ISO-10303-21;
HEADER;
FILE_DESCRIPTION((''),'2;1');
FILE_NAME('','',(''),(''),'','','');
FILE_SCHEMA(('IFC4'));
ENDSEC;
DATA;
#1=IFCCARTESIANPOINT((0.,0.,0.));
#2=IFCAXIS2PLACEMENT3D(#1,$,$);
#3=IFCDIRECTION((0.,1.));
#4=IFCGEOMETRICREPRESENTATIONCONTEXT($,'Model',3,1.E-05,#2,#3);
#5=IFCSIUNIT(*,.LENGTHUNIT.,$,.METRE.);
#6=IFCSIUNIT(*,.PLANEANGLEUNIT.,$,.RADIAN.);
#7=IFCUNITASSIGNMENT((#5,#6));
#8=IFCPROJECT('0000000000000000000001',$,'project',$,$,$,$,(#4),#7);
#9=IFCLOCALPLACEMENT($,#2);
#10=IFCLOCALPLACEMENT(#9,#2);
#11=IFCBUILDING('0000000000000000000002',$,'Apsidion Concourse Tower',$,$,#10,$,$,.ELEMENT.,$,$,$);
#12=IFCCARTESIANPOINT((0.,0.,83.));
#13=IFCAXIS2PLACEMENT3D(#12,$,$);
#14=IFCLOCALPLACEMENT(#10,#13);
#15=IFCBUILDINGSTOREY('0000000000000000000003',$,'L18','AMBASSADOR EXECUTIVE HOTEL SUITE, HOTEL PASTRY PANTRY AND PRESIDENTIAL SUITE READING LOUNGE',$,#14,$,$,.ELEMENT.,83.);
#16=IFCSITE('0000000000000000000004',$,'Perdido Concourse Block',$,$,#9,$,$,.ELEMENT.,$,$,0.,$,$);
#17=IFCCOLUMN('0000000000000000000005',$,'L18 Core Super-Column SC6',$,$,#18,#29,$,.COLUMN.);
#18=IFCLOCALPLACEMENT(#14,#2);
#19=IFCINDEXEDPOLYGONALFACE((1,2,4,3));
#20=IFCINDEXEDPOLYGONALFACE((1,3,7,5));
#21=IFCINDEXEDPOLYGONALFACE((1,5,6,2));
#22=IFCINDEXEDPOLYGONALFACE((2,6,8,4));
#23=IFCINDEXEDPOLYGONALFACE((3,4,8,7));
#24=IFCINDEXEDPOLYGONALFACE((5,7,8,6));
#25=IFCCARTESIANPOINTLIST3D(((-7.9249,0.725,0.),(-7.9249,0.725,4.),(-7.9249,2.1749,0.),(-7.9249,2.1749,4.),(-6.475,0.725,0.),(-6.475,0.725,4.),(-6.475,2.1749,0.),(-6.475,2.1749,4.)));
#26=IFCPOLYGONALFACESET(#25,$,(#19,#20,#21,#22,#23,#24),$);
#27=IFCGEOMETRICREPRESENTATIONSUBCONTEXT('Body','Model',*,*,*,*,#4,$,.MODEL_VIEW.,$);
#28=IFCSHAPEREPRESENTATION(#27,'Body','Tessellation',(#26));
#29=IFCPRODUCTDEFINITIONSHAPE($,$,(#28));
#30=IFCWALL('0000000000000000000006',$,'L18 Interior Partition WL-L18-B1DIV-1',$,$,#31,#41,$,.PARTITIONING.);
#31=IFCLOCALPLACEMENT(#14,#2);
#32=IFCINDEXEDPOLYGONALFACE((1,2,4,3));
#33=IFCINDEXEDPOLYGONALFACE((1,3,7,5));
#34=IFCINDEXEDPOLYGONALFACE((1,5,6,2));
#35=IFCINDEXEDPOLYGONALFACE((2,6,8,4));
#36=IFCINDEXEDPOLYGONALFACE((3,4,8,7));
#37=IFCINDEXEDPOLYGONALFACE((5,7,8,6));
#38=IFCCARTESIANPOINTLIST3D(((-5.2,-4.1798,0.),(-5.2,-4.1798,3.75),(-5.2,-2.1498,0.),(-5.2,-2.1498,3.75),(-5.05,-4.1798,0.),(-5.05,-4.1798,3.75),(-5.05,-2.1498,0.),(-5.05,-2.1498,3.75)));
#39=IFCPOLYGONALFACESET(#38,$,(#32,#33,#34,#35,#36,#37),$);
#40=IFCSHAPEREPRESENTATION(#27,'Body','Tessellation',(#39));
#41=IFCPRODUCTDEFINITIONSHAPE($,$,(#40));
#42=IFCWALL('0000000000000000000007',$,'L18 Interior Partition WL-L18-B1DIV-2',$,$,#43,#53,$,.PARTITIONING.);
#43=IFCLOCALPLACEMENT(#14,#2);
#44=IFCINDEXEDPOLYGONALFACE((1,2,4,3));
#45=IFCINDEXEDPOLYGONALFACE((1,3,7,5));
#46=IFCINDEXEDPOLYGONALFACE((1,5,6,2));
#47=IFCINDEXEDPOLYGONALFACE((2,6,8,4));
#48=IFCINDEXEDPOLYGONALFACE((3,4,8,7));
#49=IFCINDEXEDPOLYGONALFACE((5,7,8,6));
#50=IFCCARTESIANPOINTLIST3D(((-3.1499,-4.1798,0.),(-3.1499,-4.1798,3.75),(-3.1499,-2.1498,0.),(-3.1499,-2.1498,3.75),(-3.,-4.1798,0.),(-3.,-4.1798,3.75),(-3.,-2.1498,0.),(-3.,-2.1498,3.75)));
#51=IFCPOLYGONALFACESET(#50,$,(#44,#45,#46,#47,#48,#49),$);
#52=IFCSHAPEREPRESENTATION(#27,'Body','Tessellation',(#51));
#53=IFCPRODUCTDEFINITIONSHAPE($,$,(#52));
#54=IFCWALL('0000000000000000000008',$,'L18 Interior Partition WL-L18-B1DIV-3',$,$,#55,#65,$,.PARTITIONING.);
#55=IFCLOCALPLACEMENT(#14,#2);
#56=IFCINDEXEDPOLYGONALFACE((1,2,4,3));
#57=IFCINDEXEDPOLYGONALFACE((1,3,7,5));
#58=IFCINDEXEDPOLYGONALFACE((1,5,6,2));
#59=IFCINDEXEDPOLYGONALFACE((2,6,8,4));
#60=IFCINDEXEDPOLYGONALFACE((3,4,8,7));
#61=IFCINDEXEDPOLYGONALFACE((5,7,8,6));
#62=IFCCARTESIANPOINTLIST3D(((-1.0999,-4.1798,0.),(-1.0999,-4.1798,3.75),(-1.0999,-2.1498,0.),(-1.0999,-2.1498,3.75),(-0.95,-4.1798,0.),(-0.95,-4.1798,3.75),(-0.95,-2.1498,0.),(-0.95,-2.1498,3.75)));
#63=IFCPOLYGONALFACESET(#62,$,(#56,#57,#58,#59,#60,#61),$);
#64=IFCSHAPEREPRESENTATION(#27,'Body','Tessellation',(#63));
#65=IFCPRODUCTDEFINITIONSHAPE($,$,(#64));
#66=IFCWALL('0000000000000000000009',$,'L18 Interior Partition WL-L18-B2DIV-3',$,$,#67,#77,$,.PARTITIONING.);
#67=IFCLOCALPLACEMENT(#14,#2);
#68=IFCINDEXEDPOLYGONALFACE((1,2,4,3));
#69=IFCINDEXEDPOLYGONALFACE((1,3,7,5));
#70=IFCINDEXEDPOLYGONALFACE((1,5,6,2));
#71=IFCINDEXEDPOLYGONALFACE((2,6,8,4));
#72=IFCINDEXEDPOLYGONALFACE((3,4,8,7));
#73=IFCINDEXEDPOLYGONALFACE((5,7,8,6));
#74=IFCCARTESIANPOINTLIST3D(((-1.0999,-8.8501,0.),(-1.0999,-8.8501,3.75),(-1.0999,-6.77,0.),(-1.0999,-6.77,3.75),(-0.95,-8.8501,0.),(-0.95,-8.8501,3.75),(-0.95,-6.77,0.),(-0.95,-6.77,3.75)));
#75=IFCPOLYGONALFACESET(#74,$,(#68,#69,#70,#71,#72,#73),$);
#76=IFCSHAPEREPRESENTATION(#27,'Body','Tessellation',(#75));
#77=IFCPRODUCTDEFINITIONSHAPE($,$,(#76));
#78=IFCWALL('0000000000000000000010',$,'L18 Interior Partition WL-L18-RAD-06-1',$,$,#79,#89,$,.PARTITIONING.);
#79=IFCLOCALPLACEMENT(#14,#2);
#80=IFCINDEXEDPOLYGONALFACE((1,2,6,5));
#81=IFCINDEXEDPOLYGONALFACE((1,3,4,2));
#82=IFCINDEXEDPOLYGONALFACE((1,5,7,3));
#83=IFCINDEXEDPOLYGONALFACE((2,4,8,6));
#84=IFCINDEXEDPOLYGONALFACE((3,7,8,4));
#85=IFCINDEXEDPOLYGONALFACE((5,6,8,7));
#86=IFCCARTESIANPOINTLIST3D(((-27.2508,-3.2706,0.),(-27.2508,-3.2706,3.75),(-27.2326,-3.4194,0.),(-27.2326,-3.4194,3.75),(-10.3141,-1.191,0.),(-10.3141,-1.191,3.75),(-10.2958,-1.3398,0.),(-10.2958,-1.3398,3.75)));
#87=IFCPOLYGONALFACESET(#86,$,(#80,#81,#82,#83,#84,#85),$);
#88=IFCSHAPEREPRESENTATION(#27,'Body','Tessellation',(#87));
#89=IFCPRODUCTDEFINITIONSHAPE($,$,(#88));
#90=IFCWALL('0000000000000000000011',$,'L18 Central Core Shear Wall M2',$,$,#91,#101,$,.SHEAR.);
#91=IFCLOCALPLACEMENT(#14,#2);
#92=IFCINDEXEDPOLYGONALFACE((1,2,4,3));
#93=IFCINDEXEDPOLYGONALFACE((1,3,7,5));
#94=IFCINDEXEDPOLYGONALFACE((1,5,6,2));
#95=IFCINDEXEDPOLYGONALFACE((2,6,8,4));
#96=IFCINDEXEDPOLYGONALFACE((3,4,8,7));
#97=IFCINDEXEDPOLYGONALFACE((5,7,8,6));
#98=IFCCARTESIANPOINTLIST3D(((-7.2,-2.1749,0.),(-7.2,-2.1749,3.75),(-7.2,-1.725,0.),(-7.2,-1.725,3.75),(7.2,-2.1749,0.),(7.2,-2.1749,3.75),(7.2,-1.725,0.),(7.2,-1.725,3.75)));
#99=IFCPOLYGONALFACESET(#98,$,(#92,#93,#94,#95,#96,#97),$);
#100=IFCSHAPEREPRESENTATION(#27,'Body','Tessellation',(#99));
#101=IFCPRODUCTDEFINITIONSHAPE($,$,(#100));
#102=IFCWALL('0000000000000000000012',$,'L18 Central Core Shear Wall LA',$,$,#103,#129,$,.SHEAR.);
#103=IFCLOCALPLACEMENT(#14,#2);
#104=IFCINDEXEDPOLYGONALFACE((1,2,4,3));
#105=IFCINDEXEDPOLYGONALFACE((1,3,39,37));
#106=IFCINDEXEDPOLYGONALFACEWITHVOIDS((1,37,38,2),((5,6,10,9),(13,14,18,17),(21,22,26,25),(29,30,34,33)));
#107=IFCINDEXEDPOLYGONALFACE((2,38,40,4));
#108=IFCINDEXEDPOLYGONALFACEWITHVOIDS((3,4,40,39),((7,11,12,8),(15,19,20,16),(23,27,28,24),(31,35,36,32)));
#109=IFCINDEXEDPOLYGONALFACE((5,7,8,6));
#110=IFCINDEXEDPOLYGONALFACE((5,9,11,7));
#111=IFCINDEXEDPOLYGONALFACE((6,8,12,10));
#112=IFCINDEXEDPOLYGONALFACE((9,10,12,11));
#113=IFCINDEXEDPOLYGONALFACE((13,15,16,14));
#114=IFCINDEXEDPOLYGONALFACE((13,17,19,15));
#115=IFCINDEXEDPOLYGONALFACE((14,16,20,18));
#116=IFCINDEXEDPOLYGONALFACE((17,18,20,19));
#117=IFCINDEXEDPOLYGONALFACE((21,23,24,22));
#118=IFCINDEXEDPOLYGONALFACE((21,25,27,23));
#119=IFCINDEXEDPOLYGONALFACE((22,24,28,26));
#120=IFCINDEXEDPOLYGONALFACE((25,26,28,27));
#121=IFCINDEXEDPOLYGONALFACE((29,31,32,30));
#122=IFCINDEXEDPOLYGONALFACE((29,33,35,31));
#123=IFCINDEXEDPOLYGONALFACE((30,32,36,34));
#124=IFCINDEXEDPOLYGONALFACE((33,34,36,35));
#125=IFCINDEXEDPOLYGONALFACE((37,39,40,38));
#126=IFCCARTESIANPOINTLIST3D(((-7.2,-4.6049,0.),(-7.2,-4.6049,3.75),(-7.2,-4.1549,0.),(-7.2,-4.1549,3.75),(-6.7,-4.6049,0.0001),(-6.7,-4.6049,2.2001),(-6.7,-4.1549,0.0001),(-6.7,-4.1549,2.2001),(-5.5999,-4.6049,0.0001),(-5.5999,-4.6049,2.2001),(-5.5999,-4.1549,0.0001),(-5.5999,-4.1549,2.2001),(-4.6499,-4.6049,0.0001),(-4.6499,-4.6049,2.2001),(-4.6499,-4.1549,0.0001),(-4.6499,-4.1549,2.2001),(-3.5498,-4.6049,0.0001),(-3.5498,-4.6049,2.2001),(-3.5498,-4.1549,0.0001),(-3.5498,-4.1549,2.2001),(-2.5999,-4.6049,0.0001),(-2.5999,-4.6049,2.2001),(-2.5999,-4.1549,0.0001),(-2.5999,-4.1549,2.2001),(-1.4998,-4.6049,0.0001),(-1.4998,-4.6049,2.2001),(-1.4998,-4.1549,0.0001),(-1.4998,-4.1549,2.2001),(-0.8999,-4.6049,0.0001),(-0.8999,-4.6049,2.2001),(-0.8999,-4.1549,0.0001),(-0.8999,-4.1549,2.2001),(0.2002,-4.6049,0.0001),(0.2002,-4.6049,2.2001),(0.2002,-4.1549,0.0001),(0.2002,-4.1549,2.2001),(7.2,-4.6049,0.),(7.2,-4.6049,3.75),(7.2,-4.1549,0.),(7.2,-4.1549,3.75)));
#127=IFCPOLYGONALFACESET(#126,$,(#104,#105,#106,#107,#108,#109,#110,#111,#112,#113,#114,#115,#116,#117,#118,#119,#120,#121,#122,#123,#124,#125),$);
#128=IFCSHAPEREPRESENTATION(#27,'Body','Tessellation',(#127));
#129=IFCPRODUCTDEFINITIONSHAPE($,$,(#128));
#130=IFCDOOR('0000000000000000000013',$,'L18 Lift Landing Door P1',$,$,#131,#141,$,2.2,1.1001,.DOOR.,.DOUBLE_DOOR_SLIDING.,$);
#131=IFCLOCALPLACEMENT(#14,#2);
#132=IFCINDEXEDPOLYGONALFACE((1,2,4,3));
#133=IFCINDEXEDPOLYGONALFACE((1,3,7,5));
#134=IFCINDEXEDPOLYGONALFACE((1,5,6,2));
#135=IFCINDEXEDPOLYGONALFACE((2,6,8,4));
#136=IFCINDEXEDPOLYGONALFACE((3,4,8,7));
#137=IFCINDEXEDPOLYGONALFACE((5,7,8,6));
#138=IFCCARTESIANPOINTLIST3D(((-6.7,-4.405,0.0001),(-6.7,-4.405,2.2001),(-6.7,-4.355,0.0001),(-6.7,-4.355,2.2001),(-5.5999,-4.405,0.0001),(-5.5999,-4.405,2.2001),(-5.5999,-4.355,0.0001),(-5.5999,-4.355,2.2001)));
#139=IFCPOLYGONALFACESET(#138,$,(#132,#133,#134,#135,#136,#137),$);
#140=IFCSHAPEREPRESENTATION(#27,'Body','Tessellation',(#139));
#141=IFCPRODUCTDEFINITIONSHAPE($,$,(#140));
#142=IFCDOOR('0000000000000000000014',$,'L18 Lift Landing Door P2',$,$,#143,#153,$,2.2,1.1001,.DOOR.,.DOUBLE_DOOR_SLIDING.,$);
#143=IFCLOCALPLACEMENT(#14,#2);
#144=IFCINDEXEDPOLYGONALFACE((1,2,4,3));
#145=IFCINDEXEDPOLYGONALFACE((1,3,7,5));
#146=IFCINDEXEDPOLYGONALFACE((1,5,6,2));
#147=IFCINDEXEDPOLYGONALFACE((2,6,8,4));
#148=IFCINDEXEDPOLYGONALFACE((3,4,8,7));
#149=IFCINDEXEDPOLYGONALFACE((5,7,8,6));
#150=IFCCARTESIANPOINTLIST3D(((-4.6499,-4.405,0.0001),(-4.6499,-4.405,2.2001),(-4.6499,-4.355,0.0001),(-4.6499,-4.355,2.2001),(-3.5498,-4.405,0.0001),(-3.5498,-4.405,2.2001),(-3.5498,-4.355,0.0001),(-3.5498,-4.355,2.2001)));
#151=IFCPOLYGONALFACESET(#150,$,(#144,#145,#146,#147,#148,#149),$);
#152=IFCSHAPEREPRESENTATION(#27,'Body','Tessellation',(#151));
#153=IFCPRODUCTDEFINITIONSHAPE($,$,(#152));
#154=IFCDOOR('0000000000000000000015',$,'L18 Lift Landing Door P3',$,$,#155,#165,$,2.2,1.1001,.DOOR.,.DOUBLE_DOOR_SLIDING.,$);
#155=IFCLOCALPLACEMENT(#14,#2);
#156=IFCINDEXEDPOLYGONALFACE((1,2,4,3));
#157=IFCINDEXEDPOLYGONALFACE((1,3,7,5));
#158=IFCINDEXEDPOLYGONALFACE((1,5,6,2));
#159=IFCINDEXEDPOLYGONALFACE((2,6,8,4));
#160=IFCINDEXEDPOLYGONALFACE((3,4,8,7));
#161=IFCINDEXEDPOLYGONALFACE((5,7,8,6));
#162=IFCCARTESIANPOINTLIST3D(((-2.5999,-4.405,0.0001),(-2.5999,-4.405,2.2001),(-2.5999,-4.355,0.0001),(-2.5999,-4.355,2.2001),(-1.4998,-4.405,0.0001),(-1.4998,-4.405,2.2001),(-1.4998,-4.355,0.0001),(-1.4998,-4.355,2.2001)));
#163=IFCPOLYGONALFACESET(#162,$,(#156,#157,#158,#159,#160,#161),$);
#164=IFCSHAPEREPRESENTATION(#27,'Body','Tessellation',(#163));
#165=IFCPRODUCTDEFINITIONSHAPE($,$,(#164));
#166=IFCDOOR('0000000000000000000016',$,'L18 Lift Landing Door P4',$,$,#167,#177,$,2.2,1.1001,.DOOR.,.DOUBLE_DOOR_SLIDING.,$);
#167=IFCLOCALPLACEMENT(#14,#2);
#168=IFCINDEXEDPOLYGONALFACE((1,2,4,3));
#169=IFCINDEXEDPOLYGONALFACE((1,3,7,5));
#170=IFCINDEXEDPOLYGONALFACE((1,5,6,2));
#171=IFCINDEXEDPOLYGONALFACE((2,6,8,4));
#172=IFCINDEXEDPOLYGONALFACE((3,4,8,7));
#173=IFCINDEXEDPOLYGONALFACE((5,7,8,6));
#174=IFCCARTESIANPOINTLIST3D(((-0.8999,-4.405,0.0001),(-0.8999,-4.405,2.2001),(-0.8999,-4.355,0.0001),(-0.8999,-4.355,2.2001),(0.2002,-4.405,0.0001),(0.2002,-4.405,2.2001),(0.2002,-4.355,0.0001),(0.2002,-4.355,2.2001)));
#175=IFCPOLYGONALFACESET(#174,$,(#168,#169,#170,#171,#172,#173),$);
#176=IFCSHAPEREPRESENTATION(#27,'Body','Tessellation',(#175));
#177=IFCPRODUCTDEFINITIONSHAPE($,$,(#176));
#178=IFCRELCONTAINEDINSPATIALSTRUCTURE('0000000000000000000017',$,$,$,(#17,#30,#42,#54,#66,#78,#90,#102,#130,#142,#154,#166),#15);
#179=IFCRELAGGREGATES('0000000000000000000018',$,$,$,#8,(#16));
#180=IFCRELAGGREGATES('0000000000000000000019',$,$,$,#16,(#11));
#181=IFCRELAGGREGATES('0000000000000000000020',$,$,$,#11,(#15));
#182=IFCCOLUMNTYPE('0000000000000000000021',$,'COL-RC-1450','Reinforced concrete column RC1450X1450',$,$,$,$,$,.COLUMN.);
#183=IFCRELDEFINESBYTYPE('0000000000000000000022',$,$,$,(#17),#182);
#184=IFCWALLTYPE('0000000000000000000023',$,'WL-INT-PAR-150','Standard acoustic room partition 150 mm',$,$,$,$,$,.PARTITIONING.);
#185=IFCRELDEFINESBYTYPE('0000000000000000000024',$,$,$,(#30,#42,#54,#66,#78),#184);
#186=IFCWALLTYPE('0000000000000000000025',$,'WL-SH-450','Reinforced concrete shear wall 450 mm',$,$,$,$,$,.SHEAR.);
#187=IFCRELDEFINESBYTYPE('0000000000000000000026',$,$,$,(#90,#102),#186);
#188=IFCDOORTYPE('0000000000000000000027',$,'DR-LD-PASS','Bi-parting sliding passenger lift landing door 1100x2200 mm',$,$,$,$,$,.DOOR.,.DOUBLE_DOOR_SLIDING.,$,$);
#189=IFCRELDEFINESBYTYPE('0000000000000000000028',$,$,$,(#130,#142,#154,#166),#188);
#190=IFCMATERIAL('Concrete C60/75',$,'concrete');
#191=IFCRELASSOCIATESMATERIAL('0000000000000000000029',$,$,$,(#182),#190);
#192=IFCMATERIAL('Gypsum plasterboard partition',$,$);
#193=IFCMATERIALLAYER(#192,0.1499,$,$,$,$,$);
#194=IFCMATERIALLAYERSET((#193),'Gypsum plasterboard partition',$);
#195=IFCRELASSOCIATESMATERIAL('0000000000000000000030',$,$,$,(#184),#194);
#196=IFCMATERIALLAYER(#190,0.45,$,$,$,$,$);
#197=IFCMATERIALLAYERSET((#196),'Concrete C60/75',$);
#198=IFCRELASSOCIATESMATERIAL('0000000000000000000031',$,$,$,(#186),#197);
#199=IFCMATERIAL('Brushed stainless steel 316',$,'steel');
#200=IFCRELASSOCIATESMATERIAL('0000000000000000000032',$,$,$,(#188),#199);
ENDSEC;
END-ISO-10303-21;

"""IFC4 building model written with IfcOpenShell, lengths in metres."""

from ifc_helpers import new_model, si_unit, direction, frame, frame_2d, origin, origin_2d, place, context, subcontext, project, spatial, rectangle, extrude, material, layer, layer_set, material_profile, profile_set, type_object, element, fill, save


model = new_model("IFC4")

# Units and contexts
model_context = context("Model", 3, precision=1e-05, world=origin(), true_north=direction((0.0, 1.0)))
body_context = subcontext(model_context, "Body", "Model", "MODEL_VIEW")
ifc_project = project(units=[si_unit("LENGTHUNIT", "METRE"), si_unit("PLANEANGLEUNIT", "RADIAN")], contexts=[model_context])

# Site, building, storey
site_placement = place(None, origin())
site = spatial("IfcSite", under=ifc_project, at=site_placement, Name="Perdido Concourse Block", CompositionType="ELEMENT", RefElevation=0.0)
building_placement = place(site_placement, origin())
building = spatial("IfcBuilding", under=site, at=building_placement, Name="Apsidion Concourse Tower", CompositionType="ELEMENT")
storey_placement = place(building_placement, frame((0.0, 0.0, 83.0)))
storey = spatial("IfcBuildingStorey", under=building, at=storey_placement, Name="L18", Description="AMBASSADOR EXECUTIVE HOTEL SUITE, HOTEL PASTRY PANTRY AND PRESIDENTIAL SUITE READING LOUNGE", CompositionType="ELEMENT", Elevation=83.0)

# Column
ifc_material_1 = material(Name="Concrete C60/75", Category="concrete")
ifc_material_profile = material_profile(ifc_material_1, rectangle(XDim=1.45, YDim=1.45, at=origin_2d()), Name="RC 1450x1450")
ifc_profile_set = profile_set([ifc_material_profile], Name="Concrete C60/75")
column_type = type_object("IfcColumnType", Name="COL-RC-1450", Description="Reinforced concrete column RC1450X1450", PredefinedType="COLUMN", material=ifc_profile_set)
column_placement = place(storey_placement, frame((-7.2, 1.45, 0.0), z_axis=(0.0, 0.0, 1.0), x_axis=(1.0, 0.0, 0.0)))
element("IfcColumn", 1, at=column_placement, inside=storey, type_object=column_type, Name="L18 Core Super-Column SC6", PredefinedType="COLUMN", context=body_context, shape_type="SweptSolid", body=[
    extrude(rectangle(XDim=1.45, YDim=1.45, at=origin_2d()), origin(), (0.0, 0.0, 1.0), 4.0),
])

# Walls
ifc_material_2 = material(Name="Gypsum plasterboard partition")
ifc_layer_1 = layer(ifc_material_2, 0.1499)
ifc_layer_set_1 = layer_set([ifc_layer_1], Name="Gypsum plasterboard partition")
wall_type_1 = type_object("IfcWallType", Name="WL-INT-PAR-150", Description="Standard acoustic room partition 150 mm", PredefinedType="PARTITIONING", material=ifc_layer_set_1)
for number, where, z_axis, x_axis, name in (
    (2, (-5.125, -4.1799, 0.0), (0.0, 0.0, 1.0), (0.0, 1.0, 0.0), "L18 Interior Partition WL-L18-B1DIV-1"),
    (3, (-3.075, -4.1799, 0.0), (0.0, 0.0, 1.0), (0.0, 1.0, 0.0), "L18 Interior Partition WL-L18-B1DIV-2"),
    (4, (-1.0249, -4.1799, 0.0), (0.0, 0.0, 1.0), (0.0, 1.0, 0.0), "L18 Interior Partition WL-L18-B1DIV-3"),
):
    element("IfcWall", number, at=place(storey_placement, frame(where, z_axis=z_axis, x_axis=x_axis)), inside=storey, type_object=wall_type_1, Name=name, PredefinedType="PARTITIONING", context=body_context, shape_type="SweptSolid", body=[
        extrude(rectangle(XDim=2.03, YDim=0.1499, at=frame_2d((1.0151, 0.0))), origin(), (0.0, 0.0, 1.0), 3.75),
    ])
wall_1_placement = place(storey_placement, frame((-1.0249, -8.8501, 0.0), z_axis=(0.0, 0.0, 1.0), x_axis=(0.0, 1.0, 0.0)))
element("IfcWall", 5, at=wall_1_placement, inside=storey, type_object=wall_type_1, Name="L18 Interior Partition WL-L18-B2DIV-3", PredefinedType="PARTITIONING", context=body_context, shape_type="SweptSolid", body=[
    extrude(rectangle(XDim=2.0801, YDim=0.1499, at=frame_2d((1.04, 0.0))), origin(), (0.0, 0.0, 1.0), 3.75),
])
wall_2_placement = place(storey_placement, frame((-10.3049, -1.2654, 0.0), z_axis=(0.0, 0.0, 1.0), x_axis=(-0.992546, -0.12187, 0.0)))
element("IfcWall", 6, at=wall_2_placement, inside=storey, type_object=wall_type_1, Name="L18 Interior Partition WL-L18-RAD-06-1", PredefinedType="PARTITIONING", context=body_context, shape_type="SweptSolid", body=[
    extrude(rectangle(XDim=17.064, YDim=0.1499, at=frame_2d((8.532, 0.0))), origin(), (0.0, 0.0, 1.0), 3.75),
])

# Shared definitions
ifc_material_3 = material(Name="Brushed stainless steel 316", Category="steel")

# Shared definitions
ifc_layer_2 = layer(ifc_material_1, 0.45)
ifc_layer_set_2 = layer_set([ifc_layer_2], Name="Concrete C60/75")
wall_type_2 = type_object("IfcWallType", Name="WL-SH-450", Description="Reinforced concrete shear wall 450 mm", PredefinedType="SHEAR", material=ifc_layer_set_2)

# Wall
wall_3_placement = place(storey_placement, frame((-7.2, -1.95, 0.0), z_axis=(0.0, 0.0, 1.0), x_axis=(1.0, 0.0, 0.0)))
element("IfcWall", 7, at=wall_3_placement, inside=storey, type_object=wall_type_2, Name="L18 Central Core Shear Wall M2", PredefinedType="SHEAR", context=body_context, shape_type="SweptSolid", body=[
    extrude(rectangle(XDim=14.3999, YDim=0.45, at=frame_2d((7.2, 0.0))), origin(), (0.0, 0.0, 1.0), 3.75),
])

# Wall, openings, doors
wall_4_placement = place(storey_placement, frame((-7.2, -4.3799, 0.0), z_axis=(0.0, 0.0, 1.0), x_axis=(1.0, 0.0, 0.0)))
wall_4 = element("IfcWall", 8, at=wall_4_placement, inside=storey, type_object=wall_type_2, Name="L18 Central Core Shear Wall LA", PredefinedType="SHEAR", context=body_context, shape_type="SweptSolid", body=[
    extrude(rectangle(XDim=14.3999, YDim=0.45, at=frame_2d((7.2, 0.0))), origin(), (0.0, 0.0, 1.0), 3.75),
])
opening_1_placement = place(wall_4_placement, frame((0.5, 0.0, 0.0)))
opening_1 = element("IfcOpeningElement", 9, at=opening_1_placement, cuts=wall_4, PredefinedType="OPENING", context=body_context, shape_type="SweptSolid", body=[
    extrude(rectangle(XDim=1.1001, YDim=2.2, at=frame_2d((0.55, 1.1001))), frame((0.0, 0.2349, 0.0), z_axis=(0.0, -1.0, 0.0), x_axis=(1.0, 0.0, 0.0)), (0.0, 0.0, 1.0), 0.47),
])
opening_2_placement = place(wall_4_placement, frame((2.55, 0.0, 0.0)))
opening_2 = element("IfcOpeningElement", 10, at=opening_2_placement, cuts=wall_4, PredefinedType="OPENING", context=body_context, shape_type="SweptSolid", body=[
    extrude(rectangle(XDim=1.1001, YDim=2.2, at=frame_2d((0.55, 1.1001))), frame((0.0, 0.2349, 0.0), z_axis=(0.0, -1.0, 0.0), x_axis=(1.0, 0.0, 0.0)), (0.0, 0.0, 1.0), 0.47),
])
opening_3_placement = place(wall_4_placement, frame((4.6001, 0.0, 0.0)))
opening_3 = element("IfcOpeningElement", 11, at=opening_3_placement, cuts=wall_4, PredefinedType="OPENING", context=body_context, shape_type="SweptSolid", body=[
    extrude(rectangle(XDim=1.1001, YDim=2.2, at=frame_2d((0.55, 1.1001))), frame((0.0, 0.2349, 0.0), z_axis=(0.0, -1.0, 0.0), x_axis=(1.0, 0.0, 0.0)), (0.0, 0.0, 1.0), 0.47),
])
opening_4_placement = place(wall_4_placement, frame((6.3, 0.0, 0.0)))
opening_4 = element("IfcOpeningElement", 12, at=opening_4_placement, cuts=wall_4, PredefinedType="OPENING", context=body_context, shape_type="SweptSolid", body=[
    extrude(rectangle(XDim=1.1001, YDim=2.2, at=frame_2d((0.55, 1.1001))), frame((0.0, 0.2349, 0.0), z_axis=(0.0, -1.0, 0.0), x_axis=(1.0, 0.0, 0.0)), (0.0, 0.0, 1.0), 0.47),
])
door_type_1 = type_object("IfcDoorType", Name="DR-LD-PASS", Description="Bi-parting sliding passenger lift landing door 1100x2200 mm", OperationType="DOUBLE_DOOR_SLIDING", PredefinedType="DOOR", material=ifc_material_3)
door_1_placement = place(opening_1_placement, origin())
door_1 = element("IfcDoor", 13, at=door_1_placement, inside=storey, type_object=door_type_1, Name="L18 Lift Landing Door P1", OperationType="DOUBLE_DOOR_SLIDING", OverallHeight=2.2, OverallWidth=1.1001, PredefinedType="DOOR", context=body_context, shape_type="SweptSolid", body=[
    extrude(rectangle(XDim=1.1001, YDim=2.2, at=frame_2d((0.55, 1.1001))), frame((0.0, 0.0249, 0.0), z_axis=(0.0, -1.0, 0.0), x_axis=(1.0, 0.0, 0.0)), (0.0, 0.0, 1.0), 0.05),
])
fill(opening_1, door_1)
door_2_placement = place(opening_2_placement, origin())
door_2 = element("IfcDoor", 14, at=door_2_placement, inside=storey, type_object=door_type_1, Name="L18 Lift Landing Door P2", OperationType="DOUBLE_DOOR_SLIDING", OverallHeight=2.2, OverallWidth=1.1001, PredefinedType="DOOR", context=body_context, shape_type="SweptSolid", body=[
    extrude(rectangle(XDim=1.1001, YDim=2.2, at=frame_2d((0.55, 1.1001))), frame((0.0, 0.0249, 0.0), z_axis=(0.0, -1.0, 0.0), x_axis=(1.0, 0.0, 0.0)), (0.0, 0.0, 1.0), 0.05),
])
fill(opening_2, door_2)
door_3_placement = place(opening_3_placement, origin())
door_3 = element("IfcDoor", 15, at=door_3_placement, inside=storey, type_object=door_type_1, Name="L18 Lift Landing Door P3", OperationType="DOUBLE_DOOR_SLIDING", OverallHeight=2.2, OverallWidth=1.1001, PredefinedType="DOOR", context=body_context, shape_type="SweptSolid", body=[
    extrude(rectangle(XDim=1.1001, YDim=2.2, at=frame_2d((0.55, 1.1001))), frame((0.0, 0.0249, 0.0), z_axis=(0.0, -1.0, 0.0), x_axis=(1.0, 0.0, 0.0)), (0.0, 0.0, 1.0), 0.05),
])
fill(opening_3, door_3)
door_4_placement = place(opening_4_placement, origin())
door_4 = element("IfcDoor", 16, at=door_4_placement, inside=storey, type_object=door_type_1, Name="L18 Lift Landing Door P4", OperationType="DOUBLE_DOOR_SLIDING", OverallHeight=2.2, OverallWidth=1.1001, PredefinedType="DOOR", context=body_context, shape_type="SweptSolid", body=[
    extrude(rectangle(XDim=1.1001, YDim=2.2, at=frame_2d((0.55, 1.1001))), frame((0.0, 0.0249, 0.0), z_axis=(0.0, -1.0, 0.0), x_axis=(1.0, 0.0, 0.0)), (0.0, 0.0, 1.0), 0.05),
])
fill(opening_4, door_4)

save(model, "model.ifc")
